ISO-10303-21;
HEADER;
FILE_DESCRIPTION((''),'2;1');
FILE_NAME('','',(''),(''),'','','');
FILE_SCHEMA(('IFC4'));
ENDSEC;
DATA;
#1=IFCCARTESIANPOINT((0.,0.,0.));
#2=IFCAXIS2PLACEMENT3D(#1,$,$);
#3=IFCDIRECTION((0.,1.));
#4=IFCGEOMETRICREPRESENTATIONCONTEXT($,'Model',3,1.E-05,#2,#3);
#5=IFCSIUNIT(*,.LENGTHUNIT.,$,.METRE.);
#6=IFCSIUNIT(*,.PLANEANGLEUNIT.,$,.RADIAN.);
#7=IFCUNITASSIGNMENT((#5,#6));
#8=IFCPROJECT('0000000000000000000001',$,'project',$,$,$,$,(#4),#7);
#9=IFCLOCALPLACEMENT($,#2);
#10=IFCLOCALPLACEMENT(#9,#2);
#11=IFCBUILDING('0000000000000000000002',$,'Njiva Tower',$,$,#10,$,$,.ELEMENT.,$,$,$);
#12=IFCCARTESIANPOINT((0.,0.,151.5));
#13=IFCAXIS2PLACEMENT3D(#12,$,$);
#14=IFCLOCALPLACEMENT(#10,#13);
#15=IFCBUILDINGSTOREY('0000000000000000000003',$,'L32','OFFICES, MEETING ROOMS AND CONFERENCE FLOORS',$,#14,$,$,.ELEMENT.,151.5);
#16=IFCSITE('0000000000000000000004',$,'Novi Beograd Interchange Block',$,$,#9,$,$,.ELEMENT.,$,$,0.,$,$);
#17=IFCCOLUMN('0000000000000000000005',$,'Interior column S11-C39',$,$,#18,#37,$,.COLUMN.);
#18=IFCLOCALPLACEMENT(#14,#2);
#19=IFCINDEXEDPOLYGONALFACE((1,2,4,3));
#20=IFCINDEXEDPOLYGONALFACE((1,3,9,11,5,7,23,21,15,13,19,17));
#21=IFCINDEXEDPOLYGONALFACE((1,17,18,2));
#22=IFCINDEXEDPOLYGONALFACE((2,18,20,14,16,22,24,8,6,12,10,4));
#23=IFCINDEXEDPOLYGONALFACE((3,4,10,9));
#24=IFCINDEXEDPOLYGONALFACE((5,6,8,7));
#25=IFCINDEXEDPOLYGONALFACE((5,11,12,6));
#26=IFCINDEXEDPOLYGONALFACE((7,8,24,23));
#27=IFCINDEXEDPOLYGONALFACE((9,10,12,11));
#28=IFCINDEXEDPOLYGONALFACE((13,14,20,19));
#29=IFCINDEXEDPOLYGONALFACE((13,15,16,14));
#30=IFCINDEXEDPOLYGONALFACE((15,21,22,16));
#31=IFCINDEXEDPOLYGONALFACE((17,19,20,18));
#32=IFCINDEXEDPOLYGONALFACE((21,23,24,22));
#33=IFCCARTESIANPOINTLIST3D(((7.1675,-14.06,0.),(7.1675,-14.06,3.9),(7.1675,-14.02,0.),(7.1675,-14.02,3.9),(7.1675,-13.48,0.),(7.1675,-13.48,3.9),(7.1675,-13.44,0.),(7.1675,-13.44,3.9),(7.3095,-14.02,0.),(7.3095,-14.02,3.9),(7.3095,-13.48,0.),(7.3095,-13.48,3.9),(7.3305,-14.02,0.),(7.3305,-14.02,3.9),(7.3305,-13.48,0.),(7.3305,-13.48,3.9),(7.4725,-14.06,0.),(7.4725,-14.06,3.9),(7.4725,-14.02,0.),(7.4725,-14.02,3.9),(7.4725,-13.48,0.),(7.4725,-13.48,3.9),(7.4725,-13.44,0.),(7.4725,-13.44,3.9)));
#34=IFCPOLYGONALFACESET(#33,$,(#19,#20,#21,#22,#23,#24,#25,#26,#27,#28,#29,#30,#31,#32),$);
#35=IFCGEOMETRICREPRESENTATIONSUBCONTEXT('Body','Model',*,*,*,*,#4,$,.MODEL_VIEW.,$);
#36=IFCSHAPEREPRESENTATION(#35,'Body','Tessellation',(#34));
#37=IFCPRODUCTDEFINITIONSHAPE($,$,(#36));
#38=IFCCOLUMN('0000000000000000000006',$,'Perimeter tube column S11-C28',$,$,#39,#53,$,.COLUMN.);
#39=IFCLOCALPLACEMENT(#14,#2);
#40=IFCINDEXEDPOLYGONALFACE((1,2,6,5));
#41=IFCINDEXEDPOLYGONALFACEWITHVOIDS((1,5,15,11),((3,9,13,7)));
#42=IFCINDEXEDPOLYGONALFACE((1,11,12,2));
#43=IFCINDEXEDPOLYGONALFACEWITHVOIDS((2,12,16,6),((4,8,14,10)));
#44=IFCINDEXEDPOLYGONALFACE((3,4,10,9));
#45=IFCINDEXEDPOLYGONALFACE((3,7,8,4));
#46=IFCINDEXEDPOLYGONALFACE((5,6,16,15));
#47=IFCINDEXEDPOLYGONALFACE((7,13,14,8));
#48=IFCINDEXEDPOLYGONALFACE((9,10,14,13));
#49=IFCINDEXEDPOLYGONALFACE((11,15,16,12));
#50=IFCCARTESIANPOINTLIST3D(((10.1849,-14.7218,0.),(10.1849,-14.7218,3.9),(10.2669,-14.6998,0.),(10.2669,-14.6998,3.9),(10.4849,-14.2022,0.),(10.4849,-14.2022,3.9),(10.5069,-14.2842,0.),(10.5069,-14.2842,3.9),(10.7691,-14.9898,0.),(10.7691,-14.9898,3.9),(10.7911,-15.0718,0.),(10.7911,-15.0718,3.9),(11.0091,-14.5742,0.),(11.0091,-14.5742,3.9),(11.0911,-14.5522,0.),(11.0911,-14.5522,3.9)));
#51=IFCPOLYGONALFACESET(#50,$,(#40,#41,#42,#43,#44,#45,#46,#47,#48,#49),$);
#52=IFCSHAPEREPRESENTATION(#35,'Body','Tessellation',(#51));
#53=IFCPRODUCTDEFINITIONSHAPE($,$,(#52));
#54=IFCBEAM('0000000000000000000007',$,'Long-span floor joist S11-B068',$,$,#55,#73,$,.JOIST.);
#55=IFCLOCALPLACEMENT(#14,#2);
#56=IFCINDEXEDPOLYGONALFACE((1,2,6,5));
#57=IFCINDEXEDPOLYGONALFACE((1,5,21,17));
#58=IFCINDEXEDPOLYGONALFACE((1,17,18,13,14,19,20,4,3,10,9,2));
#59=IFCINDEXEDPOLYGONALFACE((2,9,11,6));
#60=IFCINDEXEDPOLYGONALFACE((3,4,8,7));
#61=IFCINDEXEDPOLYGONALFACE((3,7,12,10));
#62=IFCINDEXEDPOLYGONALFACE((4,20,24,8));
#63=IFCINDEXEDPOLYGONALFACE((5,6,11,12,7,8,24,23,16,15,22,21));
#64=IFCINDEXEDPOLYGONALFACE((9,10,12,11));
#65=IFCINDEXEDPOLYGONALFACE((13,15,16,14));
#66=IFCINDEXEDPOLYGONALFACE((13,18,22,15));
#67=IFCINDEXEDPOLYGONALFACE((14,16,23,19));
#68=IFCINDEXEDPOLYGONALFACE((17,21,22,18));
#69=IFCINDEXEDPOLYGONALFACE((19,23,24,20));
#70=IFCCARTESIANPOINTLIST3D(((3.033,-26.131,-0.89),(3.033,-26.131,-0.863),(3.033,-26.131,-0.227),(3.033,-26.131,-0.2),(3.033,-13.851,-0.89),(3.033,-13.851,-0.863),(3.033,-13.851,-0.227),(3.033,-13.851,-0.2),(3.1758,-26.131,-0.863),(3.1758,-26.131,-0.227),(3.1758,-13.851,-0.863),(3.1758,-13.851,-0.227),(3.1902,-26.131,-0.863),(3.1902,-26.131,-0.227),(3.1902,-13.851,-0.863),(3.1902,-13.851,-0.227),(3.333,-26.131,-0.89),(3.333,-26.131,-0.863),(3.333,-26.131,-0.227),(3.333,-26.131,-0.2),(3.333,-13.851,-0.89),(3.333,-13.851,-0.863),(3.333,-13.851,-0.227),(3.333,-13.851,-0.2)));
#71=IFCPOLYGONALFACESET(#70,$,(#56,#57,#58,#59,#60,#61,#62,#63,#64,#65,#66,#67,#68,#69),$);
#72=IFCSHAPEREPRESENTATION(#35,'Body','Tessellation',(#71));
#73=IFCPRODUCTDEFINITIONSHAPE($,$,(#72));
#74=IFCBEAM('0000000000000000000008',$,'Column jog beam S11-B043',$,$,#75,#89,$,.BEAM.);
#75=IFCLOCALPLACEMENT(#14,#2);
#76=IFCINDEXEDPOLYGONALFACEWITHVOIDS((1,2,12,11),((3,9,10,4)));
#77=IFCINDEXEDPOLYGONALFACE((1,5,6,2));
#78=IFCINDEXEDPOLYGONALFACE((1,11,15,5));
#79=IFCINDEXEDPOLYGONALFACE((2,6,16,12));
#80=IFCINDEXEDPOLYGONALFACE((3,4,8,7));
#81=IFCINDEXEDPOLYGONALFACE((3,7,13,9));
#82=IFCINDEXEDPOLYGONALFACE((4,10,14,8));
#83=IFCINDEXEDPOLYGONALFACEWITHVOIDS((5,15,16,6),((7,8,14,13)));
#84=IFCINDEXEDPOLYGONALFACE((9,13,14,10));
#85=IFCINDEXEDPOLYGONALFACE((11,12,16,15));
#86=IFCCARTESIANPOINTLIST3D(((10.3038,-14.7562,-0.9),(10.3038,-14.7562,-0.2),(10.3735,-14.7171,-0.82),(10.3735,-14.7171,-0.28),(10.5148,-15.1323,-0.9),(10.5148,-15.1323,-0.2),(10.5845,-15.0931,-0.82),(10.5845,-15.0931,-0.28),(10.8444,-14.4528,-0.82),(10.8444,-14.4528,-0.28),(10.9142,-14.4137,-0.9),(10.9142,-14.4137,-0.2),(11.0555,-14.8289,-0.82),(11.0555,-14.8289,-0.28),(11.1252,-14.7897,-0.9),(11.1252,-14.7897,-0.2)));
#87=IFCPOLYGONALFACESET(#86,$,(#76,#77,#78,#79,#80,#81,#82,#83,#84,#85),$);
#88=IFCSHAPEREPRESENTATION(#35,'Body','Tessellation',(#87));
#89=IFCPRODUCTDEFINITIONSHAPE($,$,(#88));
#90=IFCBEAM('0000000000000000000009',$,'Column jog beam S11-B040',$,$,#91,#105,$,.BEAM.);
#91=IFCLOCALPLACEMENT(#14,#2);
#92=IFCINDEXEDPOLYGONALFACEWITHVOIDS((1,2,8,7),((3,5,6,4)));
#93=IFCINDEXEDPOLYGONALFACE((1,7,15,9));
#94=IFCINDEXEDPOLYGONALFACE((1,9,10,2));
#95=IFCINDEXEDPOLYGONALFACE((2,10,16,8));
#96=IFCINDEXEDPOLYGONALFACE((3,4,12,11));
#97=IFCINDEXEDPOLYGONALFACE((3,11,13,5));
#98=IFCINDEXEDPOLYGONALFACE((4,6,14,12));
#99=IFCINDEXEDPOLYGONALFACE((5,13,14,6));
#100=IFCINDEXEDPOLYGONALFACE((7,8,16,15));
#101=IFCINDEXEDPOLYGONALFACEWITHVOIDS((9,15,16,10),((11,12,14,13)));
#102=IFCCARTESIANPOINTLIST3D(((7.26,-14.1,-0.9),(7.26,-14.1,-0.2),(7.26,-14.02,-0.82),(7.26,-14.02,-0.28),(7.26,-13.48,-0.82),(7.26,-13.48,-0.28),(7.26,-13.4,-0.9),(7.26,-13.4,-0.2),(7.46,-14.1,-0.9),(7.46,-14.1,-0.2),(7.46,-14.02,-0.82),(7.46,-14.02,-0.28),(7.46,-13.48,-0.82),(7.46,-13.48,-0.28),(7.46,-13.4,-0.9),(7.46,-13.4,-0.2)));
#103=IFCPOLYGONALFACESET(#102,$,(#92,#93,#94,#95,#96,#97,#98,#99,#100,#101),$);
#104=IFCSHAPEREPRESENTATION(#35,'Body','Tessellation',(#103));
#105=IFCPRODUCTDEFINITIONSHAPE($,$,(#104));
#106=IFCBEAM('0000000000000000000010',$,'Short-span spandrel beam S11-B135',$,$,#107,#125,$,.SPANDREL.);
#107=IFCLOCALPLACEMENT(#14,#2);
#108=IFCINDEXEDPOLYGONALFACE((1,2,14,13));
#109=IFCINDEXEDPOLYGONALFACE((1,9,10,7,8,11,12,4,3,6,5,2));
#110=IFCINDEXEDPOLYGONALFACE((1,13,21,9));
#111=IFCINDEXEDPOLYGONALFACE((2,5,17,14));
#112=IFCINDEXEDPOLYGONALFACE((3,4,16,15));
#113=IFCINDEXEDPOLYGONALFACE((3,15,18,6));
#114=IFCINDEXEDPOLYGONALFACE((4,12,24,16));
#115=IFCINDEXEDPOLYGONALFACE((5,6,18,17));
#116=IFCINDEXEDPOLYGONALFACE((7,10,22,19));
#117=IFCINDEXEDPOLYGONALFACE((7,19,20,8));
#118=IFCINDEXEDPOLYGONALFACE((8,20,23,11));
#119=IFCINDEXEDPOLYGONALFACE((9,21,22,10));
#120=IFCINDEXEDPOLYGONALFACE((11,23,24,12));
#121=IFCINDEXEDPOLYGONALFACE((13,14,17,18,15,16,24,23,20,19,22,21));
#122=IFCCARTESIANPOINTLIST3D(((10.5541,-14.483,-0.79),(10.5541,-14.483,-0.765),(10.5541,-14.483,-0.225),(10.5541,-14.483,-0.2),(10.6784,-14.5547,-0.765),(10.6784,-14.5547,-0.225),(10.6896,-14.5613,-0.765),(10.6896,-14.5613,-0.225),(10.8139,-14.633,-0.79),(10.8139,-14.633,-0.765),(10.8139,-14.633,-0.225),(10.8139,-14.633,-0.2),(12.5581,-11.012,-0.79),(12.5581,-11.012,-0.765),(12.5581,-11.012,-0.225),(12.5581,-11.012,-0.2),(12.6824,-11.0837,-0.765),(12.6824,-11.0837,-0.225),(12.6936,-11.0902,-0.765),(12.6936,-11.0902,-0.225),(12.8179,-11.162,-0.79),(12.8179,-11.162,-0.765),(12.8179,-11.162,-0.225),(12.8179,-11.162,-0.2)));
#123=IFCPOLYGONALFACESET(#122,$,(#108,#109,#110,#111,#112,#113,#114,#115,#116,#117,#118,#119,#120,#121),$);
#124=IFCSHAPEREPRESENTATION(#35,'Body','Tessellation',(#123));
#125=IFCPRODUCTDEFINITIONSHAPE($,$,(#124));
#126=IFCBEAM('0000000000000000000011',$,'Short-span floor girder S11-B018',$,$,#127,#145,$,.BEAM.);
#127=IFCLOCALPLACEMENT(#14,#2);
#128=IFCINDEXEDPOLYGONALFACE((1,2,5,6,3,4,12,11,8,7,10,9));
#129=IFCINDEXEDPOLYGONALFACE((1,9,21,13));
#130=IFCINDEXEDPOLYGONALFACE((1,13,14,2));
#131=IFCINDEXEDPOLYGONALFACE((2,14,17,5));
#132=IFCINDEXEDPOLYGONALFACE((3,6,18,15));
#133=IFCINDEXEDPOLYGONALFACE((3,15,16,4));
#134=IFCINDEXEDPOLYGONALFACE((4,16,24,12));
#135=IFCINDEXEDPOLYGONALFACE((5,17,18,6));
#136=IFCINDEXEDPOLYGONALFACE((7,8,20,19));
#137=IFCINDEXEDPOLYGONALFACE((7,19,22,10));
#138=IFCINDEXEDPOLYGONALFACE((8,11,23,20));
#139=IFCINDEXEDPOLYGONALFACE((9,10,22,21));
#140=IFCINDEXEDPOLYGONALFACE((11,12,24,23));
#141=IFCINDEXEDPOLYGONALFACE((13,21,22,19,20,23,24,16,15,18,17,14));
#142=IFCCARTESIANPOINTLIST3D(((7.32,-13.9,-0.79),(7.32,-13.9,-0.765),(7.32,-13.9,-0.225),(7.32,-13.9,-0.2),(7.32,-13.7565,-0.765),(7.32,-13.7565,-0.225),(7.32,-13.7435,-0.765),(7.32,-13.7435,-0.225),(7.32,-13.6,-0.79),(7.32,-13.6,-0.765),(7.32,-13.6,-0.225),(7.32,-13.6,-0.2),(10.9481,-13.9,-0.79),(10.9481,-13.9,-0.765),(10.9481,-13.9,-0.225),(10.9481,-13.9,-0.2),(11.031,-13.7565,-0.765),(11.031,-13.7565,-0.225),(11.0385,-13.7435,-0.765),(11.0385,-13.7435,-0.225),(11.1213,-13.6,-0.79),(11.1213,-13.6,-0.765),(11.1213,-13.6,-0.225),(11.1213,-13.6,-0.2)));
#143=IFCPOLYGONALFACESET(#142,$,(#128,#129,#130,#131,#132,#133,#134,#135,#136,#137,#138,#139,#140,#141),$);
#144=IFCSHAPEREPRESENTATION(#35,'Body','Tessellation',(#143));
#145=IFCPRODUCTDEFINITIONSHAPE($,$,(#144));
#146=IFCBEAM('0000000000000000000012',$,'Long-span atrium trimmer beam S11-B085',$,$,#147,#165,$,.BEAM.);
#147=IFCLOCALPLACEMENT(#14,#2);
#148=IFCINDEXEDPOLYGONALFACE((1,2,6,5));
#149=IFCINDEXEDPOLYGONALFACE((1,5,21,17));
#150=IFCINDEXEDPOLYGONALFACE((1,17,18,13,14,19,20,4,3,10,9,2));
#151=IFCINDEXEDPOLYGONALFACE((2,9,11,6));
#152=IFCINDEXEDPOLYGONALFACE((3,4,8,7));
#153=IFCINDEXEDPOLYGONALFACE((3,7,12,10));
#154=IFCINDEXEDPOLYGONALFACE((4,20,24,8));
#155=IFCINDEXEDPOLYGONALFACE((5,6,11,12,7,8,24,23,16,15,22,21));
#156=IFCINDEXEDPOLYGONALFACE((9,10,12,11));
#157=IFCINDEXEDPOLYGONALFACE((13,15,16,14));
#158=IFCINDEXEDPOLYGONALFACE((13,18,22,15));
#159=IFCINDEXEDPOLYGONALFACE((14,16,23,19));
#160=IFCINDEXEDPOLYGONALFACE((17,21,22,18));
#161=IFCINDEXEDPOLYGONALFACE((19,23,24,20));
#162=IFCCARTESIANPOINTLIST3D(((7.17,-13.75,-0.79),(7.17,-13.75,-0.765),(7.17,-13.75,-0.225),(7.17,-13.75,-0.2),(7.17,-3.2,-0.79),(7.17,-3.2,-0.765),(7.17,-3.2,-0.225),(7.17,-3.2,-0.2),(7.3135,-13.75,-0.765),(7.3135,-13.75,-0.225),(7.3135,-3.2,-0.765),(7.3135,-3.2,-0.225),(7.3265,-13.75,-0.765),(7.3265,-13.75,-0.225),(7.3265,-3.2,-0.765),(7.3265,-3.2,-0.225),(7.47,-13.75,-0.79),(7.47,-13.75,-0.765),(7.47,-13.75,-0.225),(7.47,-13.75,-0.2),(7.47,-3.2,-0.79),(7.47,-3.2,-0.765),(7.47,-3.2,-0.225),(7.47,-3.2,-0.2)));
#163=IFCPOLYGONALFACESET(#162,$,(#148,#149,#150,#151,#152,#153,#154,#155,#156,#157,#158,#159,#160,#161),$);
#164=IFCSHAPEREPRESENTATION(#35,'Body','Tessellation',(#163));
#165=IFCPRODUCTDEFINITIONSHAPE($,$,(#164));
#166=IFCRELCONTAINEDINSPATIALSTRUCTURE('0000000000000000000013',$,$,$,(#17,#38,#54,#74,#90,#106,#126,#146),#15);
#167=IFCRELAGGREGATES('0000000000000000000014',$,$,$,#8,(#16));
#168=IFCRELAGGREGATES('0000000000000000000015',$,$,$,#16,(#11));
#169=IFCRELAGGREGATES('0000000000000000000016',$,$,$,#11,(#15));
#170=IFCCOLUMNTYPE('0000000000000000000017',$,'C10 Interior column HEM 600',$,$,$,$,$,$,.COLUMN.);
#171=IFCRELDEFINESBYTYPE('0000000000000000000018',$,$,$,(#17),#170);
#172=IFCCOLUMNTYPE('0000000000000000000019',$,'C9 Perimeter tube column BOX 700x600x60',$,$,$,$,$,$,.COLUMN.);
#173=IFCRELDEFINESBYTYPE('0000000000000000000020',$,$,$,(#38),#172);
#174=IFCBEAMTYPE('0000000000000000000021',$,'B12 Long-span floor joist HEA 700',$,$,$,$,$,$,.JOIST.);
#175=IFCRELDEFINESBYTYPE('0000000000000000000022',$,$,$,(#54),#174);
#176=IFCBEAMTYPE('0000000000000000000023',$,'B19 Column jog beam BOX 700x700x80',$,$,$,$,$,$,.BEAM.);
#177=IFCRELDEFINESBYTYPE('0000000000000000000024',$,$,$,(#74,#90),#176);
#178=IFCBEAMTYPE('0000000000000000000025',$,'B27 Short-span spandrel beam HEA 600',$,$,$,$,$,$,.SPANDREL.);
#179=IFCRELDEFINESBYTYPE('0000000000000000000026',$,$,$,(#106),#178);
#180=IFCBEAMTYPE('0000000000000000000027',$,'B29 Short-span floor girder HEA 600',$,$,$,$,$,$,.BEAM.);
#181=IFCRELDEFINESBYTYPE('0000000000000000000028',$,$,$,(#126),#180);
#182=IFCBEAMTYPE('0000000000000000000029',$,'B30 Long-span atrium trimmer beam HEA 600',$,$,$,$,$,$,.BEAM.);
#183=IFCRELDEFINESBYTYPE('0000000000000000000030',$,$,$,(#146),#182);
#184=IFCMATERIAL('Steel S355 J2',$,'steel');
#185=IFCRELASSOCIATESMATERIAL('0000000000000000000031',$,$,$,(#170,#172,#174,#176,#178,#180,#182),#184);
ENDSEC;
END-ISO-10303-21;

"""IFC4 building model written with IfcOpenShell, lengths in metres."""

from ifc_helpers import new_model, si_unit, direction, frame, origin, origin_2d, place, context, subcontext, project, spatial, hollow_rectangle, i_section, extrude, clip, halfspace, material, material_profile, profile_set, type_object, element, save


model = new_model("IFC4")

# Units and contexts
model_context = context("Model", 3, precision=1e-05, world=origin(), true_north=direction((0.0, 1.0)))
body_context = subcontext(model_context, "Body", "Model", "MODEL_VIEW")
ifc_project = project(units=[si_unit("LENGTHUNIT", "METRE"), si_unit("PLANEANGLEUNIT", "RADIAN")], contexts=[model_context])

# Site, building, storey
site_placement = place(None, origin())
site = spatial("IfcSite", under=ifc_project, at=site_placement, Name="Novi Beograd Interchange Block", CompositionType="ELEMENT", RefElevation=0.0)
building_placement = place(site_placement, origin())
building = spatial("IfcBuilding", under=site, at=building_placement, Name="Njiva Tower", CompositionType="ELEMENT")
storey_placement = place(building_placement, frame((0.0, 0.0, 151.5)))
storey = spatial("IfcBuildingStorey", under=building, at=storey_placement, Name="L32", Description="OFFICES, MEETING ROOMS AND CONFERENCE FLOORS", CompositionType="ELEMENT", Elevation=151.5)

# Columns
ifc_material_1 = material(Name="Steel S355 J2", Category="steel")
ifc_material_profile_1 = material_profile(ifc_material_1, i_section(OverallWidth=0.305, OverallDepth=0.62, WebThickness=0.021, FlangeThickness=0.04, at=origin_2d()), Name="HEM 600")
ifc_profile_set_1 = profile_set([ifc_material_profile_1], Name="Steel S355 J2")
column_type_1 = type_object("IfcColumnType", Name="C10 Interior column HEM 600", PredefinedType="COLUMN", material=ifc_profile_set_1)
column_1_placement = place(storey_placement, frame((7.32, -13.75, 0.0), z_axis=(0.0, 0.0, 1.0), x_axis=(1.0, 0.0, 0.0)))
element("IfcColumn", 1, at=column_1_placement, inside=storey, type_object=column_type_1, Name="Interior column S11-C39", PredefinedType="COLUMN", context=body_context, shape_type="SweptSolid", body=[
    extrude(i_section(OverallWidth=0.305, OverallDepth=0.62, WebThickness=0.021, FlangeThickness=0.04, at=origin_2d()), origin(), (0.0, 0.0, 1.0), 3.9),
])
ifc_material_profile_2 = material_profile(ifc_material_1, hollow_rectangle(XDim=0.6, YDim=0.7, WallThickness=0.06, at=origin_2d()), Name="BOX 700x600x60")
ifc_profile_set_2 = profile_set([ifc_material_profile_2], Name="Steel S355 J2")
column_type_2 = type_object("IfcColumnType", Name="C9 Perimeter tube column BOX 700x600x60", PredefinedType="COLUMN", material=ifc_profile_set_2)
column_2_placement = place(storey_placement, frame((10.638, -14.637, 0.0), z_axis=(0.0, 0.0, 1.0), x_axis=(0.5, 0.866025, 0.0)))
element("IfcColumn", 2, at=column_2_placement, inside=storey, type_object=column_type_2, Name="Perimeter tube column S11-C28", PredefinedType="COLUMN", context=body_context, shape_type="SweptSolid", body=[
    extrude(hollow_rectangle(XDim=0.6, YDim=0.7, WallThickness=0.06, at=origin_2d()), origin(), (0.0, 0.0, 1.0), 3.9),
])

# Beams
ifc_material_profile_3 = material_profile(ifc_material_1, i_section(OverallWidth=0.3, OverallDepth=0.69, WebThickness=0.0145, FlangeThickness=0.027, at=origin_2d()), Name="HEA 700")
ifc_profile_set_3 = profile_set([ifc_material_profile_3], Name="Steel S355 J2")
beam_type_1 = type_object("IfcBeamType", Name="B12 Long-span floor joist HEA 700", PredefinedType="JOIST", material=ifc_profile_set_3)
beam_1_placement = place(storey_placement, frame((3.183, -13.851, -0.545), z_axis=(0.0, -1.0, 0.0), x_axis=(1.0, 0.0, 0.0)))
element("IfcBeam", 3, at=beam_1_placement, inside=storey, type_object=beam_type_1, Name="Long-span floor joist S11-B068", PredefinedType="JOIST", context=body_context, shape_type="SweptSolid", body=[
    extrude(i_section(OverallWidth=0.3, OverallDepth=0.69, WebThickness=0.0145, FlangeThickness=0.027, at=origin_2d()), origin(), (0.0, 0.0, 1.0), 12.28),
])
ifc_material_profile_4 = material_profile(ifc_material_1, hollow_rectangle(XDim=0.7, YDim=0.7, WallThickness=0.08, at=origin_2d()), Name="BOX 700x700x80")
ifc_profile_set_4 = profile_set([ifc_material_profile_4], Name="Steel S355 J2")
beam_type_2 = type_object("IfcBeamType", Name="B19 Column jog beam BOX 700x700x80", PredefinedType="BEAM", material=ifc_profile_set_4)
beam_2_placement = place(storey_placement, frame((10.82, -14.961, -0.55), z_axis=(-0.48938, 0.872071, 0.0), x_axis=(-0.872071, -0.48938, 0.0)))
element("IfcBeam", 4, at=beam_2_placement, inside=storey, type_object=beam_type_2, Name="Column jog beam S11-B043", PredefinedType="BEAM", context=body_context, shape_type="SweptSolid", body=[
    extrude(hollow_rectangle(XDim=0.7, YDim=0.7, WallThickness=0.08, at=origin_2d()), origin(), (0.0, 0.0, 1.0), 0.4312),
])
beam_3_placement = place(storey_placement, frame((7.46, -13.75, -0.55), z_axis=(-1.0, 0.0, 0.0), x_axis=(0.0, -1.0, 0.0)))
element("IfcBeam", 5, at=beam_3_placement, inside=storey, type_object=beam_type_2, Name="Column jog beam S11-B040", PredefinedType="BEAM", context=body_context, shape_type="SweptSolid", body=[
    extrude(hollow_rectangle(XDim=0.7, YDim=0.7, WallThickness=0.08, at=origin_2d()), origin(), (0.0, 0.0, 1.0), 0.2),
])
ifc_material_profile_5 = material_profile(ifc_material_1, i_section(OverallWidth=0.3, OverallDepth=0.59, WebThickness=0.013, FlangeThickness=0.025, at=origin_2d()), Name="HEA 600")
ifc_profile_set_5 = profile_set([ifc_material_profile_5], Name="Steel S355 J2")
beam_type_3 = type_object("IfcBeamType", Name="B27 Short-span spandrel beam HEA 600", PredefinedType="SPANDREL", material=ifc_profile_set_5)
beam_4_placement = place(storey_placement, frame((10.684, -14.558, -0.495), z_axis=(0.500003, 0.866024, 0.0), x_axis=(-0.866024, 0.500003, 0.0)))
element("IfcBeam", 6, at=beam_4_placement, inside=storey, type_object=beam_type_3, Name="Short-span spandrel beam S11-B135", PredefinedType="SPANDREL", context=body_context, shape_type="SweptSolid", body=[
    extrude(i_section(OverallWidth=0.3, OverallDepth=0.59, WebThickness=0.013, FlangeThickness=0.025, at=origin_2d()), origin(), (0.0, 0.0, 1.0), 4.008),
])
ifc_material_profile_6 = material_profile(ifc_material_1, i_section(OverallWidth=0.3, OverallDepth=0.59, WebThickness=0.013, FlangeThickness=0.025, at=origin_2d()), Name="HEA 600")
ifc_profile_set_6 = profile_set([ifc_material_profile_6], Name="Steel S355 J2")
beam_type_4 = type_object("IfcBeamType", Name="B29 Short-span floor girder HEA 600", PredefinedType="BEAM", material=ifc_profile_set_6)
beam_5_placement = place(storey_placement, frame((7.32, -13.75, -0.495), z_axis=(1.0, 0.0, 0.0), x_axis=(0.0, 1.0, 0.0)))
element("IfcBeam", 7, at=beam_5_placement, inside=storey, type_object=beam_type_4, Name="Short-span floor girder S11-B018", PredefinedType="BEAM", context=body_context, shape_type="Clipping", body=[
    clip(extrude(i_section(OverallWidth=0.3, OverallDepth=0.59, WebThickness=0.013, FlangeThickness=0.025, at=origin_2d()), origin(), (0.0, 0.0, 1.0), 3.822), halfspace(frame((-0.025, 0.0, 3.7003), z_axis=(-0.499998, 0.0, 0.866027), x_axis=(0.0, 1.0, 0.0)), False)),
])
ifc_material_profile_7 = material_profile(ifc_material_1, i_section(OverallWidth=0.3, OverallDepth=0.59, WebThickness=0.013, FlangeThickness=0.025, at=origin_2d()), Name="HEA 600")
ifc_profile_set_7 = profile_set([ifc_material_profile_7], Name="Steel S355 J2")
beam_type_5 = type_object("IfcBeamType", Name="B30 Long-span atrium trimmer beam HEA 600", PredefinedType="BEAM", material=ifc_profile_set_7)
beam_6_placement = place(storey_placement, frame((7.32, -13.75, -0.495), z_axis=(0.0, 1.0, 0.0), x_axis=(-1.0, 0.0, 0.0)))
element("IfcBeam", 8, at=beam_6_placement, inside=storey, type_object=beam_type_5, Name="Long-span atrium trimmer beam S11-B085", PredefinedType="BEAM", context=body_context, shape_type="SweptSolid", body=[
    extrude(i_section(OverallWidth=0.3, OverallDepth=0.59, WebThickness=0.013, FlangeThickness=0.025, at=origin_2d()), origin(), (0.0, 0.0, 1.0), 10.55),
])

save(model, "model.ifc")
